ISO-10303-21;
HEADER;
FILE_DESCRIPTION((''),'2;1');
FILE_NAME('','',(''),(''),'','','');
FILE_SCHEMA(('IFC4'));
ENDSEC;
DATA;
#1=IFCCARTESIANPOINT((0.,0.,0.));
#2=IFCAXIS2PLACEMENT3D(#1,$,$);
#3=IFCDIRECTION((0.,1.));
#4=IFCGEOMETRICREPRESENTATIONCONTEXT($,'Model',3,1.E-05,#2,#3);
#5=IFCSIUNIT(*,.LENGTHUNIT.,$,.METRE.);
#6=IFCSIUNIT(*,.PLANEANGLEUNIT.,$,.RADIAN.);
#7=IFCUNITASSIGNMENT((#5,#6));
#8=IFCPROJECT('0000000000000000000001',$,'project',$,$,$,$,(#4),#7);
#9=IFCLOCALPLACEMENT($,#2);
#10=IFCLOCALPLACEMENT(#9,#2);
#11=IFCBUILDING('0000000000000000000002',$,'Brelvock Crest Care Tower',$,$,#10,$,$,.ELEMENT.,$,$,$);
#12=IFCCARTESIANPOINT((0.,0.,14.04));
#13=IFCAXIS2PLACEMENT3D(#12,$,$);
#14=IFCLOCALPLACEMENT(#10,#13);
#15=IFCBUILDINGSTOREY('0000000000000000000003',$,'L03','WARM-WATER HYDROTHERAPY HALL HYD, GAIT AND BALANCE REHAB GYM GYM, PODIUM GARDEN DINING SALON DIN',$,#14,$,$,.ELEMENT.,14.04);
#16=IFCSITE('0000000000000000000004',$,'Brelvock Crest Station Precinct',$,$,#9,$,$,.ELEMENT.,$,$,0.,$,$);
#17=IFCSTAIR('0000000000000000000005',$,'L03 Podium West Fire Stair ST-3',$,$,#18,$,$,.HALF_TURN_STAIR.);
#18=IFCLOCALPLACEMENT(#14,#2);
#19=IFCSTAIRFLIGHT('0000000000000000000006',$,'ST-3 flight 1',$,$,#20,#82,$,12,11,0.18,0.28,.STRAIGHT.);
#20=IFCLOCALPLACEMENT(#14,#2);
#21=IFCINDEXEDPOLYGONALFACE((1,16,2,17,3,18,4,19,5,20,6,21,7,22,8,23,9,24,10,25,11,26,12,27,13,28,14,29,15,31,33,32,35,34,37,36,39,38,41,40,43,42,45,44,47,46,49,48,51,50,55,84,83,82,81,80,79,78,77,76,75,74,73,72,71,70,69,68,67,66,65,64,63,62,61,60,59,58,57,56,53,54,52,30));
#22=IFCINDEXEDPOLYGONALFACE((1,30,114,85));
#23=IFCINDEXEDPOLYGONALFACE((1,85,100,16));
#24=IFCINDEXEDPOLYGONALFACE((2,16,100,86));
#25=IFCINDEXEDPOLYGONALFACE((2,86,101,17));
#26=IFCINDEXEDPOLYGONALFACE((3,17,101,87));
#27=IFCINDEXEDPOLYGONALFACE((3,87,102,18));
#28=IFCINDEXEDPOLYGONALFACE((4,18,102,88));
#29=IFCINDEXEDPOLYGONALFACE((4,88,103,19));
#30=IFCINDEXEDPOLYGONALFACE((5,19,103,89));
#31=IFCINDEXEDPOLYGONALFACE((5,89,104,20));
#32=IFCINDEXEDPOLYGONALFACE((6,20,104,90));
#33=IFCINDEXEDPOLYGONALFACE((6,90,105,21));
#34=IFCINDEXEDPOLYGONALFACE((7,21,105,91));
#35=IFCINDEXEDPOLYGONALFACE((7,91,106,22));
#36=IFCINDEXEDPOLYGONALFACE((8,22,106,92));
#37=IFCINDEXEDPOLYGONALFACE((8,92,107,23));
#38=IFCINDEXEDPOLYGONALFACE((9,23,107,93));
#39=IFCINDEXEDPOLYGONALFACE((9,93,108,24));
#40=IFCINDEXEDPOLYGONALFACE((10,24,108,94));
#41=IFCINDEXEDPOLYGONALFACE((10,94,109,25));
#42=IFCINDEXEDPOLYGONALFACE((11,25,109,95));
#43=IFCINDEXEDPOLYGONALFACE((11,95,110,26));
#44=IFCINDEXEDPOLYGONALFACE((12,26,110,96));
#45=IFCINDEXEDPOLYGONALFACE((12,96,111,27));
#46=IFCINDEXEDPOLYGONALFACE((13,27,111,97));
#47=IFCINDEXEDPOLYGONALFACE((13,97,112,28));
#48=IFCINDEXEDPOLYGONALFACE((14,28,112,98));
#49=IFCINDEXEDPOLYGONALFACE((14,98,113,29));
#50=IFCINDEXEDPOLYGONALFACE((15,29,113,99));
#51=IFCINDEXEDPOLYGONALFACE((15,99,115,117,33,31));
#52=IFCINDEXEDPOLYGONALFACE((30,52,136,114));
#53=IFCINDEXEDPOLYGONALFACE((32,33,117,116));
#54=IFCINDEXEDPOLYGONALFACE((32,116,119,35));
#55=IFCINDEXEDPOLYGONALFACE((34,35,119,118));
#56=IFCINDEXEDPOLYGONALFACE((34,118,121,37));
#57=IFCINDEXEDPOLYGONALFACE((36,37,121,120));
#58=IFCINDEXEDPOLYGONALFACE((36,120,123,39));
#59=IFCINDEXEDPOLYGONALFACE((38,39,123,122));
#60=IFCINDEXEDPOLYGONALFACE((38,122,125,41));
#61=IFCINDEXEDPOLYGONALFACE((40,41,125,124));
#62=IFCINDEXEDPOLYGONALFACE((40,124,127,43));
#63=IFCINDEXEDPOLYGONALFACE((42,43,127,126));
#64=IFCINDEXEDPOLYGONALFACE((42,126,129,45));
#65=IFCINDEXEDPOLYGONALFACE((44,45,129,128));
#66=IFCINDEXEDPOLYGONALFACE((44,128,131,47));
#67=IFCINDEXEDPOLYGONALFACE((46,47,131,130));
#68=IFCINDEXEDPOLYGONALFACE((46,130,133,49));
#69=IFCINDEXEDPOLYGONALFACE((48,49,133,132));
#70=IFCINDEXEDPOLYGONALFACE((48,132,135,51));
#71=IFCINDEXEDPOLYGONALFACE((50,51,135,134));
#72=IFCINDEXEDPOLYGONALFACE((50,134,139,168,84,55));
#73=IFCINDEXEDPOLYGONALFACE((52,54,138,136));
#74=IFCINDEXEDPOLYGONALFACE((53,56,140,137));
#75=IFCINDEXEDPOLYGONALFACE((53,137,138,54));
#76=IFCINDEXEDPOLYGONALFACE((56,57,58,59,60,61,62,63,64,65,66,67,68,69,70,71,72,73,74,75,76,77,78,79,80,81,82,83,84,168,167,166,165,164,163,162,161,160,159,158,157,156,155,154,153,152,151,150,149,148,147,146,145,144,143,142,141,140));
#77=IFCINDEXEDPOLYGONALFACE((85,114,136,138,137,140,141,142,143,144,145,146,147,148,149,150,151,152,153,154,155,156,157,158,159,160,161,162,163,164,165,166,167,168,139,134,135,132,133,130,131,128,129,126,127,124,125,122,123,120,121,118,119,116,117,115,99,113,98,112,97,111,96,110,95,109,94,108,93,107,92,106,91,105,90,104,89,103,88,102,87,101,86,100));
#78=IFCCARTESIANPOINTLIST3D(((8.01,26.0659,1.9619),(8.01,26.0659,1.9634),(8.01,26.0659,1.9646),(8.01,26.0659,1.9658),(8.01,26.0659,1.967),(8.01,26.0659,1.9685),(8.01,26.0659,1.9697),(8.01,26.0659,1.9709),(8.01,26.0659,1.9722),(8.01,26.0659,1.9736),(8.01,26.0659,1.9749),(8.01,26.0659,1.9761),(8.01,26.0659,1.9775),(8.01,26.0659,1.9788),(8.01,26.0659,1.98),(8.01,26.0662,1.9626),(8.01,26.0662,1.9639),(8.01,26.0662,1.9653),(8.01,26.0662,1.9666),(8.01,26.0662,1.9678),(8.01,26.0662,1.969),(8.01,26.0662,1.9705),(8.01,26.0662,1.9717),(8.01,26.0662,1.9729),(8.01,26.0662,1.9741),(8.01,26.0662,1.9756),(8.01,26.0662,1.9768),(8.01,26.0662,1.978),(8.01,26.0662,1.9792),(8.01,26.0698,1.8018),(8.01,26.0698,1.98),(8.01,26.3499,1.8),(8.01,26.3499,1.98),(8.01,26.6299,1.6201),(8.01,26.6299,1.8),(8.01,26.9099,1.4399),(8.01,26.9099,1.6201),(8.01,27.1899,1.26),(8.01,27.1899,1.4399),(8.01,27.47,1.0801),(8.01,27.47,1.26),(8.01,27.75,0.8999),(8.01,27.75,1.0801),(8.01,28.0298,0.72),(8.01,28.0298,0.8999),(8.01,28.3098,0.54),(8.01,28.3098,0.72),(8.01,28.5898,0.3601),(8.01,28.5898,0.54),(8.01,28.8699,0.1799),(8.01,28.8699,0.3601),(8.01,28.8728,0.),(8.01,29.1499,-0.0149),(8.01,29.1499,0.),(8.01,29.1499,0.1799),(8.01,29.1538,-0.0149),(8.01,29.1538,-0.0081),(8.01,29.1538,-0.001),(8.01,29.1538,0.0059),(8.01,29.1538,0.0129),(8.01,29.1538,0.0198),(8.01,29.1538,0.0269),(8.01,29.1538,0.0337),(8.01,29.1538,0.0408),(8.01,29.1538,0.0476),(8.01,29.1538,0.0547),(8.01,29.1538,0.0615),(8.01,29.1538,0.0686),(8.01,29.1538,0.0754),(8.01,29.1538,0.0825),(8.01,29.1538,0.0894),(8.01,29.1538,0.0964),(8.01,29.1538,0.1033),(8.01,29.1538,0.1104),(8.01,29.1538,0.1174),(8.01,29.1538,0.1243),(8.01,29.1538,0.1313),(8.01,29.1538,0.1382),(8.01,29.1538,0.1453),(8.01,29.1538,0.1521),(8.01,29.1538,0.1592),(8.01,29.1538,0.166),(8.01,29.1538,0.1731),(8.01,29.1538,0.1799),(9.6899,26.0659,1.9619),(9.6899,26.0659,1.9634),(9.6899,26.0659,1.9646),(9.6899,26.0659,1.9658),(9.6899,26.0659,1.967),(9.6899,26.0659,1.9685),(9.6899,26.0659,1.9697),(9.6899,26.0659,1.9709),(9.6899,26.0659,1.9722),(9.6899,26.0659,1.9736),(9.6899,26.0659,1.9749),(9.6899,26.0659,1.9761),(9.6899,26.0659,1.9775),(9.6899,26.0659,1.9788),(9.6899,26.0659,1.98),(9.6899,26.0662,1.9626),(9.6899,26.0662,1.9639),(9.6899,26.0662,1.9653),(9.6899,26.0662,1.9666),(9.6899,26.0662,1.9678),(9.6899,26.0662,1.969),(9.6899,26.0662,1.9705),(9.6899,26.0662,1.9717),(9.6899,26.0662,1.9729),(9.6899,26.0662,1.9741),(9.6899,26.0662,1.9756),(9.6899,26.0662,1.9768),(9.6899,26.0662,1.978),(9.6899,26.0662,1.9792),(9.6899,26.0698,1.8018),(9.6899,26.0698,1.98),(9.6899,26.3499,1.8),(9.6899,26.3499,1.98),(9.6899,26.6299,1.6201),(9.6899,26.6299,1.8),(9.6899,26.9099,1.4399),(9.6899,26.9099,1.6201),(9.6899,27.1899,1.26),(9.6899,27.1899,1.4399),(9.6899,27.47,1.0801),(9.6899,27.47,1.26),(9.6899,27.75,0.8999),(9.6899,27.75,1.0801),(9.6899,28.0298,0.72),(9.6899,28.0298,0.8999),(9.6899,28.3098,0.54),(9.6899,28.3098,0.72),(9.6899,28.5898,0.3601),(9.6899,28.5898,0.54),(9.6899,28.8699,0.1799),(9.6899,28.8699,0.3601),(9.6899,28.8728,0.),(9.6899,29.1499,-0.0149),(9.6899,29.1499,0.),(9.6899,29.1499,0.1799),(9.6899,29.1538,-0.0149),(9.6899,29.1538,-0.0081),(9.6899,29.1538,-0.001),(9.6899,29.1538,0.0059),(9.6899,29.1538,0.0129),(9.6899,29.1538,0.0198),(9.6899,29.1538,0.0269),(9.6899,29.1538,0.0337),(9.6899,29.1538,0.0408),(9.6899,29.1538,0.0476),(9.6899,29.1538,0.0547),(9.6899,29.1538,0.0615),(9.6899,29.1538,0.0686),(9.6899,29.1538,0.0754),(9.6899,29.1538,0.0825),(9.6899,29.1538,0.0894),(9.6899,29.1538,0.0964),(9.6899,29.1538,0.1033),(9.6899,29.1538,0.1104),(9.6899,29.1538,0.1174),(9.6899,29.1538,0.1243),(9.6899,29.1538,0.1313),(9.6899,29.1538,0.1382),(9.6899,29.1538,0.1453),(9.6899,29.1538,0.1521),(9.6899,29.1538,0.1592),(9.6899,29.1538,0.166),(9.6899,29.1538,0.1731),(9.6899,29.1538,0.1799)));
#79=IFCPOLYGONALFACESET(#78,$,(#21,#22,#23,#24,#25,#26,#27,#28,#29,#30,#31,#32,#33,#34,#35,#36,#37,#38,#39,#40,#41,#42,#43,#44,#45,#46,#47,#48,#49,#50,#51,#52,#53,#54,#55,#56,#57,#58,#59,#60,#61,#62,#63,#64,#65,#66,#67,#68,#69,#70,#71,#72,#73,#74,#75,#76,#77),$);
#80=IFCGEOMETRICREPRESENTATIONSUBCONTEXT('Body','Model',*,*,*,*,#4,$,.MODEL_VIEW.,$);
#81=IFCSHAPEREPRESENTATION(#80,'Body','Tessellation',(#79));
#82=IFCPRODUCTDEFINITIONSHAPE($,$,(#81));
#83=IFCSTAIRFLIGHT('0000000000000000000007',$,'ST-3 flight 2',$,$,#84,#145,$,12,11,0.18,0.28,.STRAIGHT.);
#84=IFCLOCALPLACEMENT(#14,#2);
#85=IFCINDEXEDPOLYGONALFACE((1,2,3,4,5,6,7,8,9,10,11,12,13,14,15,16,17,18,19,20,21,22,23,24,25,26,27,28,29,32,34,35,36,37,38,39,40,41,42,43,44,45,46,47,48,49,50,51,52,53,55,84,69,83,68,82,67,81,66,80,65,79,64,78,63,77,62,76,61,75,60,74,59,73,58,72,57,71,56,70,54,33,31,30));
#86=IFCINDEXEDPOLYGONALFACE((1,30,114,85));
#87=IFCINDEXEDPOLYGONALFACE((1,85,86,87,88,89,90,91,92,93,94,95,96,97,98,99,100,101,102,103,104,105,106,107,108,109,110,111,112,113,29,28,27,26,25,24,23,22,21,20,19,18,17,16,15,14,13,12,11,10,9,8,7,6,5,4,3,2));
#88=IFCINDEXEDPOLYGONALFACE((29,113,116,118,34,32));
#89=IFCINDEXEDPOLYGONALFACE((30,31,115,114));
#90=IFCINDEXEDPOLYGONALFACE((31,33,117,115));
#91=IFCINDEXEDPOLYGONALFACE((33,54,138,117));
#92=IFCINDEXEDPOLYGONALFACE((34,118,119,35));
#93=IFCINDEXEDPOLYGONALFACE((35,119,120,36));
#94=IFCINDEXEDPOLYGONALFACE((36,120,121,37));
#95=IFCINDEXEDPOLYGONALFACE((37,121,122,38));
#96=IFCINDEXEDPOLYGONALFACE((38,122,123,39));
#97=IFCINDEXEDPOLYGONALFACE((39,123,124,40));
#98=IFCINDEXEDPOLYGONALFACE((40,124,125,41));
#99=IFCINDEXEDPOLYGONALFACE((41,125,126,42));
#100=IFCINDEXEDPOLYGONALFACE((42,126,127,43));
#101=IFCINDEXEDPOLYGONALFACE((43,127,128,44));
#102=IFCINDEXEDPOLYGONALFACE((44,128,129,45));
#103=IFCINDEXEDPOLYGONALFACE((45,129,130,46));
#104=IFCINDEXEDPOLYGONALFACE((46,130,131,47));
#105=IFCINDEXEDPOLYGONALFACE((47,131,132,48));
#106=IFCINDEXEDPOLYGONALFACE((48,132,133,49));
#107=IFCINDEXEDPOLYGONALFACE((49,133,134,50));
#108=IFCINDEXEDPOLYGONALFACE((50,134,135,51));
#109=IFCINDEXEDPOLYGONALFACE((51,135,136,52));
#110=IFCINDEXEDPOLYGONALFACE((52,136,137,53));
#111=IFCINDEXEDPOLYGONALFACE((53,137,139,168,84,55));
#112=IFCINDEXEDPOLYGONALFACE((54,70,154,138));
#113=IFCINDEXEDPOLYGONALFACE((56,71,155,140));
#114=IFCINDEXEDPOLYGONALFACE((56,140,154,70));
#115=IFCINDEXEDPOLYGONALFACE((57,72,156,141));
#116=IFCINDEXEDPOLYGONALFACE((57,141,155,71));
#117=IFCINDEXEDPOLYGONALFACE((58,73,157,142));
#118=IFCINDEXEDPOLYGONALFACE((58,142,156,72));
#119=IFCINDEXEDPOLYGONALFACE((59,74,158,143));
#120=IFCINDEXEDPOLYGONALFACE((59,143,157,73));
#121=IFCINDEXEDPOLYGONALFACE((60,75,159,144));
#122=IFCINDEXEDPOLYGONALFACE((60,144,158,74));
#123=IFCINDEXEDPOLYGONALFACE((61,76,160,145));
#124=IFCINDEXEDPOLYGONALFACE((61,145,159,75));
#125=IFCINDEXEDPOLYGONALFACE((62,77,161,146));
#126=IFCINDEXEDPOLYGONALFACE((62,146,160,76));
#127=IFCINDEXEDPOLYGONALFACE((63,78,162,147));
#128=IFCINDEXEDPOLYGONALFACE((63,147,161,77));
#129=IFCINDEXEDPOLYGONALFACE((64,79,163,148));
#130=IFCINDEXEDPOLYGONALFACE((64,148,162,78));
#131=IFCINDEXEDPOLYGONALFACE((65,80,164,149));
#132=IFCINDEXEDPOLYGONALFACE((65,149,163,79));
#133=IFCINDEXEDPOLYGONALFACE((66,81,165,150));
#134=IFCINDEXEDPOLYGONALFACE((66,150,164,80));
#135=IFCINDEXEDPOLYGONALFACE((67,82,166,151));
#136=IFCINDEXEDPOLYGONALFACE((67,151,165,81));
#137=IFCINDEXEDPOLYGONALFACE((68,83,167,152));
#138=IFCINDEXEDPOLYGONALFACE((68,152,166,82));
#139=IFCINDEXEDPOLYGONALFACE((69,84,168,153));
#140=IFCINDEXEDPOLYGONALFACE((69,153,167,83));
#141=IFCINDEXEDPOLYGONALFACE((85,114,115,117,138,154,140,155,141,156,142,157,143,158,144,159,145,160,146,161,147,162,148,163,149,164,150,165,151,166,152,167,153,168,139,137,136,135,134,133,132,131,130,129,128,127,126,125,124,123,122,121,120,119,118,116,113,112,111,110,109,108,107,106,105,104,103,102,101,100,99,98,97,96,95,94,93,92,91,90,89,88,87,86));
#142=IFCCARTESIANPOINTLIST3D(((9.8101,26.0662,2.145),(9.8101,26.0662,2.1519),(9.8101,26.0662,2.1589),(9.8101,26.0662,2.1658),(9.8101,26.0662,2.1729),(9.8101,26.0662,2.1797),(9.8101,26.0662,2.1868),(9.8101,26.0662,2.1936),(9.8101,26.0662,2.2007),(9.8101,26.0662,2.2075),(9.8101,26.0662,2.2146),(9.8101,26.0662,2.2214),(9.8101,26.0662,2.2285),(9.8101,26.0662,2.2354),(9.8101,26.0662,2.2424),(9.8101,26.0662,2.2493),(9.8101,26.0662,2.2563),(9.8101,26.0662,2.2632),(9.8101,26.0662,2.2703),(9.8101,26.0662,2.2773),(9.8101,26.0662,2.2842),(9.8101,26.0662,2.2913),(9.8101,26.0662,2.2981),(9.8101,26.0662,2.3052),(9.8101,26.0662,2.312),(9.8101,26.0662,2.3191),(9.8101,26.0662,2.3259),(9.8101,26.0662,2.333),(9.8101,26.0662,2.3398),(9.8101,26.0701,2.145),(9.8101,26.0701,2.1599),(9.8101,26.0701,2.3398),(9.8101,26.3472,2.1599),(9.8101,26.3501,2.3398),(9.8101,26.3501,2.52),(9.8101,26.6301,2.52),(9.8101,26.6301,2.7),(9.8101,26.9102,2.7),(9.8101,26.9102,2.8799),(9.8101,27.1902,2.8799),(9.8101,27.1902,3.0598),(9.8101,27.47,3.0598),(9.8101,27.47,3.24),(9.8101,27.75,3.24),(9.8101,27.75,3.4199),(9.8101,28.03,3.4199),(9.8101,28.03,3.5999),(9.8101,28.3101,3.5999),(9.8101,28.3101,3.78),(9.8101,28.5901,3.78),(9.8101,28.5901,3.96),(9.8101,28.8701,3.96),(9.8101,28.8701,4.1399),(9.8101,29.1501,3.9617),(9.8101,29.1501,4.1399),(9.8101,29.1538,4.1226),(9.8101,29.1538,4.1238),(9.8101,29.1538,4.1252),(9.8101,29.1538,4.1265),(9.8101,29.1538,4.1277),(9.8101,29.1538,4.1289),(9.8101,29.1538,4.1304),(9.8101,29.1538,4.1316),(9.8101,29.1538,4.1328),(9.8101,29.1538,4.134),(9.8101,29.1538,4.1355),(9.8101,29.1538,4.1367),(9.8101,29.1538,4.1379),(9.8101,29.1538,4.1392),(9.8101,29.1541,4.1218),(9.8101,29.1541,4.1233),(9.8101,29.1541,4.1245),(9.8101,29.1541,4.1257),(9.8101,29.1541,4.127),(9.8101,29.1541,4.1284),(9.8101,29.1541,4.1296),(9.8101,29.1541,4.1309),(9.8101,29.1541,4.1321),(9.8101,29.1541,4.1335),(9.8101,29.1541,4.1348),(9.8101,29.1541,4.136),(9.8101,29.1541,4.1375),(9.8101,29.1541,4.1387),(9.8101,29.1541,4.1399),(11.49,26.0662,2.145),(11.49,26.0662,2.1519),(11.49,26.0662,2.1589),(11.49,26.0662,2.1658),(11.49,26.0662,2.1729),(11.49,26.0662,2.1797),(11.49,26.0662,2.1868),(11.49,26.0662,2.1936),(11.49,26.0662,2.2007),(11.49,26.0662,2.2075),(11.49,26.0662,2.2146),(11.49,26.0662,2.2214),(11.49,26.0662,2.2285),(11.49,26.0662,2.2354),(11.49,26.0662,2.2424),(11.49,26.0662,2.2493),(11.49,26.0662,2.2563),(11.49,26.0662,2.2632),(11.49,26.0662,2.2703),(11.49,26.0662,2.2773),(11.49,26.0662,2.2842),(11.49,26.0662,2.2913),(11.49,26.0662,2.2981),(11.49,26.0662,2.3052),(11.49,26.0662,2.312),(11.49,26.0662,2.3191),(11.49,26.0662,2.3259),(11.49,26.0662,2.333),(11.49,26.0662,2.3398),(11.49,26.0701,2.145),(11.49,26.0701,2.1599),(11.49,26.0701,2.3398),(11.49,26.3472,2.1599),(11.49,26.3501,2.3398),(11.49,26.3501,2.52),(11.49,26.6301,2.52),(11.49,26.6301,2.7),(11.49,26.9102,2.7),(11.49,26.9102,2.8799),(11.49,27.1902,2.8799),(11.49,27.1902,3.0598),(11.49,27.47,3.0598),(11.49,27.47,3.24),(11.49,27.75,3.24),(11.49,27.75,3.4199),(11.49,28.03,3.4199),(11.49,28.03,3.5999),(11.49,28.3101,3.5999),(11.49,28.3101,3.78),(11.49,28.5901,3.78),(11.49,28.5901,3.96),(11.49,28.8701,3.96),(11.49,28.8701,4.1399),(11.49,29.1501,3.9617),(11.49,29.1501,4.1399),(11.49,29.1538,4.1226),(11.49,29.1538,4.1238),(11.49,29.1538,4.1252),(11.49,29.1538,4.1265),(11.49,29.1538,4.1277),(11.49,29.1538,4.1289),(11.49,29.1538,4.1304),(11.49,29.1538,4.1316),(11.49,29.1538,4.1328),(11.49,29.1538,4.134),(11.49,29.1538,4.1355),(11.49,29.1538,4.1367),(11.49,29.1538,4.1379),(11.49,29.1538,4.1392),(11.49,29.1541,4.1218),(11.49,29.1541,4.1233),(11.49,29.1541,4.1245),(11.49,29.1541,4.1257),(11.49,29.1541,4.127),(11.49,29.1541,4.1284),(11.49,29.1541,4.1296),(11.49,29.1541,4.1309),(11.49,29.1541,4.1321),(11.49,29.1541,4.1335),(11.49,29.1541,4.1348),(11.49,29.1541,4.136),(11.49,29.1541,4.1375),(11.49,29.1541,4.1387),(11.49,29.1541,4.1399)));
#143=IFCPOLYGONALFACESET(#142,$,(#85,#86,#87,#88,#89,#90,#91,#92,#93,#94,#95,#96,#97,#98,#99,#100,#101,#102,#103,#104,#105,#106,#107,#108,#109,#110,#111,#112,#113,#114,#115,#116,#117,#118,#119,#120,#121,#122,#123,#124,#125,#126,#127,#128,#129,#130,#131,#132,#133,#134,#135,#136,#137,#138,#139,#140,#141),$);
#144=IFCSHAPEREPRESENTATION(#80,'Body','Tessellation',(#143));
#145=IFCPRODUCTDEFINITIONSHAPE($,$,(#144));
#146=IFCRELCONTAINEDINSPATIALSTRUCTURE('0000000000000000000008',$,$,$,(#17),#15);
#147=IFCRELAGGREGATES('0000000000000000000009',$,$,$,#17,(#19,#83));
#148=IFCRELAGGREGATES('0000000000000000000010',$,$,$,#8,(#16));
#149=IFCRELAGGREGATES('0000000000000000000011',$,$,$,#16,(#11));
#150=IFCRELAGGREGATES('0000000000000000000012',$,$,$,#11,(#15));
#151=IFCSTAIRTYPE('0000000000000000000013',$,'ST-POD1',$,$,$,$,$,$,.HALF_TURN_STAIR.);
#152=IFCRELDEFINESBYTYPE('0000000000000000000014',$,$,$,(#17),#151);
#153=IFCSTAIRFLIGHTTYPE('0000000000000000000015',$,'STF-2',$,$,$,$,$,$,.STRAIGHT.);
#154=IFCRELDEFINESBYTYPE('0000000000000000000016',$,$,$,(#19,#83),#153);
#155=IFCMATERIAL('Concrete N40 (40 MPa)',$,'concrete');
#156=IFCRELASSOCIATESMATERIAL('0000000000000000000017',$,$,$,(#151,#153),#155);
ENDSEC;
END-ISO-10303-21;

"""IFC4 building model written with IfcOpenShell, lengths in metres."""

from ifc_helpers import new_model, si_unit, direction, frame, origin, place, context, subcontext, project, spatial, polyline, outline, extrude, material, type_object, element, aggregate, save


model = new_model("IFC4")

# Units and contexts
model_context = context("Model", 3, precision=1e-05, world=origin(), true_north=direction((0.0, 1.0)))
body_context = subcontext(model_context, "Body", "Model", "MODEL_VIEW")
ifc_project = project(units=[si_unit("LENGTHUNIT", "METRE"), si_unit("PLANEANGLEUNIT", "RADIAN")], contexts=[model_context])

# Site, building, storey
site_placement = place(None, origin())
site = spatial("IfcSite", under=ifc_project, at=site_placement, Name="Brelvock Crest Station Precinct", CompositionType="ELEMENT", RefElevation=0.0)
building_placement = place(site_placement, origin())
building = spatial("IfcBuilding", under=site, at=building_placement, Name="Brelvock Crest Care Tower", CompositionType="ELEMENT")
storey_placement = place(building_placement, frame((0.0, 0.0, 14.04)))
storey = spatial("IfcBuildingStorey", under=building, at=storey_placement, Name="L03", Description="WARM-WATER HYDROTHERAPY HALL HYD, GAIT AND BALANCE REHAB GYM GYM, PODIUM GARDEN DINING SALON DIN", CompositionType="ELEMENT", Elevation=14.04)

# Stair, stair flights
ifc_material_1 = material(Name="Concrete N40 (40 MPa)", Category="concrete")
stair_type = type_object("IfcStairType", Name="ST-POD1", PredefinedType="HALF_TURN_STAIR", material=ifc_material_1)
stair_placement = place(storey_placement, origin())
stair = element("IfcStair", 1, at=stair_placement, inside=storey, type_object=stair_type, Name="L03 Podium West Fire Stair ST-3", PredefinedType="HALF_TURN_STAIR")
stair_flight_type = type_object("IfcStairFlightType", Name="STF-2", PredefinedType="STRAIGHT", material=ifc_material_1)
stair_flight_1_placement = place(storey_placement, frame((8.8501, 29.1499, 0.0), z_axis=(0.0, 0.0, 1.0), x_axis=(0.0, -1.0, 0.0)))
stair_flight_1 = element("IfcStairFlight", 2, at=stair_flight_1_placement, type_object=stair_flight_type, Name="ST-3 flight 1", NumberOfRisers=12, NumberOfTreads=11, PredefinedType="STRAIGHT", RiserHeight=0.18, TreadLength=0.28, context=body_context, shape_type="SweptSolid", body=[
    extrude(outline(polyline([(-0.0039, -0.0149), (-0.0039, -0.0081), (-0.0039, -0.001), (-0.0039, 0.0059), (-0.0039, 0.0129), (-0.0039, 0.0198), (-0.0039, 0.0269), (-0.0039, 0.0337), (-0.0039, 0.0408), (-0.0039, 0.0476), (-0.0039, 0.0547), (-0.0039, 0.0615), (-0.0039, 0.0686), (-0.0039, 0.0754), (-0.0039, 0.0825), (-0.0039, 0.0894), (-0.0039, 0.0964), (-0.0039, 0.1033), (-0.0039, 0.1104), (-0.0039, 0.1174), (-0.0039, 0.1243), (-0.0039, 0.1313), (-0.0039, 0.1382), (-0.0039, 0.1453), (-0.0039, 0.1521), (-0.0039, 0.1592), (-0.0039, 0.166), (-0.0039, 0.1731), (-0.0039, 0.1799), (0.0, 0.1799), (0.28, 0.1799), (0.28, 0.3601), (0.5601, 0.3601), (0.5601, 0.54), (0.8401, 0.54), (0.8401, 0.72), (1.1201, 0.72), (1.1201, 0.8999), (1.3999, 0.8999), (1.3999, 1.0801), (1.6799, 1.0801), (1.6799, 1.26), (1.96, 1.26), (1.96, 1.4399), (2.24, 1.4399), (2.24, 1.6201), (2.52, 1.6201), (2.52, 1.8), (2.8, 1.8), (2.8, 1.98), (3.0801, 1.98), (3.084, 1.98), (3.0837, 1.9792), (3.084, 1.9788), (3.0837, 1.978), (3.084, 1.9775), (3.0837, 1.9768), (3.084, 1.9761), (3.0837, 1.9756), (3.084, 1.9749), (3.0837, 1.9741), (3.084, 1.9736), (3.0837, 1.9729), (3.084, 1.9722), (3.0837, 1.9717), (3.084, 1.9709), (3.0837, 1.9705), (3.084, 1.9697), (3.0837, 1.969), (3.084, 1.9685), (3.0837, 1.9678), (3.084, 1.967), (3.0837, 1.9666), (3.084, 1.9658), (3.0837, 1.9653), (3.084, 1.9646), (3.0837, 1.9639), (3.084, 1.9634), (3.0837, 1.9626), (3.084, 1.9619), (3.0801, 1.8018), (0.2771, 0.0), (0.0, 0.0), (0.0, -0.0149), (-0.0039, -0.0149)])), frame((0.0, 0.8398, 0.0), z_axis=(0.0, -1.0, 0.0), x_axis=(1.0, 0.0, 0.0)), (0.0, 0.0, 1.0), 1.6799),
])
stair_flight_2_placement = place(storey_placement, frame((10.6499, 26.0701, 2.1599), z_axis=(0.0, 0.0, 1.0), x_axis=(0.0, 1.0, 0.0)))
stair_flight_2 = element("IfcStairFlight", 3, at=stair_flight_2_placement, type_object=stair_flight_type, Name="ST-3 flight 2", NumberOfRisers=12, NumberOfTreads=11, PredefinedType="STRAIGHT", RiserHeight=0.18, TreadLength=0.28, context=body_context, shape_type="SweptSolid", body=[
    extrude(outline(polyline([(-0.0039, -0.0149), (-0.0039, -0.0081), (-0.0039, -0.001), (-0.0039, 0.0059), (-0.0039, 0.0129), (-0.0039, 0.0198), (-0.0039, 0.0269), (-0.0039, 0.0337), (-0.0039, 0.0408), (-0.0039, 0.0476), (-0.0039, 0.0547), (-0.0039, 0.0615), (-0.0039, 0.0686), (-0.0039, 0.0754), (-0.0039, 0.0825), (-0.0039, 0.0894), (-0.0039, 0.0964), (-0.0039, 0.1033), (-0.0039, 0.1104), (-0.0039, 0.1174), (-0.0039, 0.1243), (-0.0039, 0.1313), (-0.0039, 0.1382), (-0.0039, 0.1453), (-0.0039, 0.1521), (-0.0039, 0.1592), (-0.0039, 0.166), (-0.0039, 0.1731), (-0.0039, 0.1799), (0.0, 0.1799), (0.28, 0.1799), (0.28, 0.3601), (0.5601, 0.3601), (0.5601, 0.54), (0.8401, 0.54), (0.8401, 0.72), (1.1201, 0.72), (1.1201, 0.8999), (1.3999, 0.8999), (1.3999, 1.0801), (1.6799, 1.0801), (1.6799, 1.26), (1.96, 1.26), (1.96, 1.4399), (2.24, 1.4399), (2.24, 1.6201), (2.52, 1.6201), (2.52, 1.8), (2.8, 1.8), (2.8, 1.98), (3.0801, 1.98), (3.084, 1.98), (3.0837, 1.9792), (3.084, 1.9788), (3.0837, 1.978), (3.084, 1.9775), (3.0837, 1.9768), (3.084, 1.9761), (3.0837, 1.9756), (3.084, 1.9749), (3.0837, 1.9741), (3.084, 1.9736), (3.0837, 1.9729), (3.084, 1.9722), (3.0837, 1.9717), (3.084, 1.9709), (3.0837, 1.9705), (3.084, 1.9697), (3.0837, 1.969), (3.084, 1.9685), (3.0837, 1.9678), (3.084, 1.967), (3.0837, 1.9666), (3.084, 1.9658), (3.0837, 1.9653), (3.084, 1.9646), (3.0837, 1.9639), (3.084, 1.9634), (3.0837, 1.9626), (3.084, 1.9619), (3.0801, 1.8018), (0.2771, 0.0), (0.0, 0.0), (0.0, -0.0149), (-0.0039, -0.0149)])), frame((0.0, 0.8398, 0.0), z_axis=(0.0, -1.0, 0.0), x_axis=(1.0, 0.0, 0.0)), (0.0, 0.0, 1.0), 1.6799),
])
aggregate(stair, [stair_flight_1, stair_flight_2])

save(model, "model.ifc")
